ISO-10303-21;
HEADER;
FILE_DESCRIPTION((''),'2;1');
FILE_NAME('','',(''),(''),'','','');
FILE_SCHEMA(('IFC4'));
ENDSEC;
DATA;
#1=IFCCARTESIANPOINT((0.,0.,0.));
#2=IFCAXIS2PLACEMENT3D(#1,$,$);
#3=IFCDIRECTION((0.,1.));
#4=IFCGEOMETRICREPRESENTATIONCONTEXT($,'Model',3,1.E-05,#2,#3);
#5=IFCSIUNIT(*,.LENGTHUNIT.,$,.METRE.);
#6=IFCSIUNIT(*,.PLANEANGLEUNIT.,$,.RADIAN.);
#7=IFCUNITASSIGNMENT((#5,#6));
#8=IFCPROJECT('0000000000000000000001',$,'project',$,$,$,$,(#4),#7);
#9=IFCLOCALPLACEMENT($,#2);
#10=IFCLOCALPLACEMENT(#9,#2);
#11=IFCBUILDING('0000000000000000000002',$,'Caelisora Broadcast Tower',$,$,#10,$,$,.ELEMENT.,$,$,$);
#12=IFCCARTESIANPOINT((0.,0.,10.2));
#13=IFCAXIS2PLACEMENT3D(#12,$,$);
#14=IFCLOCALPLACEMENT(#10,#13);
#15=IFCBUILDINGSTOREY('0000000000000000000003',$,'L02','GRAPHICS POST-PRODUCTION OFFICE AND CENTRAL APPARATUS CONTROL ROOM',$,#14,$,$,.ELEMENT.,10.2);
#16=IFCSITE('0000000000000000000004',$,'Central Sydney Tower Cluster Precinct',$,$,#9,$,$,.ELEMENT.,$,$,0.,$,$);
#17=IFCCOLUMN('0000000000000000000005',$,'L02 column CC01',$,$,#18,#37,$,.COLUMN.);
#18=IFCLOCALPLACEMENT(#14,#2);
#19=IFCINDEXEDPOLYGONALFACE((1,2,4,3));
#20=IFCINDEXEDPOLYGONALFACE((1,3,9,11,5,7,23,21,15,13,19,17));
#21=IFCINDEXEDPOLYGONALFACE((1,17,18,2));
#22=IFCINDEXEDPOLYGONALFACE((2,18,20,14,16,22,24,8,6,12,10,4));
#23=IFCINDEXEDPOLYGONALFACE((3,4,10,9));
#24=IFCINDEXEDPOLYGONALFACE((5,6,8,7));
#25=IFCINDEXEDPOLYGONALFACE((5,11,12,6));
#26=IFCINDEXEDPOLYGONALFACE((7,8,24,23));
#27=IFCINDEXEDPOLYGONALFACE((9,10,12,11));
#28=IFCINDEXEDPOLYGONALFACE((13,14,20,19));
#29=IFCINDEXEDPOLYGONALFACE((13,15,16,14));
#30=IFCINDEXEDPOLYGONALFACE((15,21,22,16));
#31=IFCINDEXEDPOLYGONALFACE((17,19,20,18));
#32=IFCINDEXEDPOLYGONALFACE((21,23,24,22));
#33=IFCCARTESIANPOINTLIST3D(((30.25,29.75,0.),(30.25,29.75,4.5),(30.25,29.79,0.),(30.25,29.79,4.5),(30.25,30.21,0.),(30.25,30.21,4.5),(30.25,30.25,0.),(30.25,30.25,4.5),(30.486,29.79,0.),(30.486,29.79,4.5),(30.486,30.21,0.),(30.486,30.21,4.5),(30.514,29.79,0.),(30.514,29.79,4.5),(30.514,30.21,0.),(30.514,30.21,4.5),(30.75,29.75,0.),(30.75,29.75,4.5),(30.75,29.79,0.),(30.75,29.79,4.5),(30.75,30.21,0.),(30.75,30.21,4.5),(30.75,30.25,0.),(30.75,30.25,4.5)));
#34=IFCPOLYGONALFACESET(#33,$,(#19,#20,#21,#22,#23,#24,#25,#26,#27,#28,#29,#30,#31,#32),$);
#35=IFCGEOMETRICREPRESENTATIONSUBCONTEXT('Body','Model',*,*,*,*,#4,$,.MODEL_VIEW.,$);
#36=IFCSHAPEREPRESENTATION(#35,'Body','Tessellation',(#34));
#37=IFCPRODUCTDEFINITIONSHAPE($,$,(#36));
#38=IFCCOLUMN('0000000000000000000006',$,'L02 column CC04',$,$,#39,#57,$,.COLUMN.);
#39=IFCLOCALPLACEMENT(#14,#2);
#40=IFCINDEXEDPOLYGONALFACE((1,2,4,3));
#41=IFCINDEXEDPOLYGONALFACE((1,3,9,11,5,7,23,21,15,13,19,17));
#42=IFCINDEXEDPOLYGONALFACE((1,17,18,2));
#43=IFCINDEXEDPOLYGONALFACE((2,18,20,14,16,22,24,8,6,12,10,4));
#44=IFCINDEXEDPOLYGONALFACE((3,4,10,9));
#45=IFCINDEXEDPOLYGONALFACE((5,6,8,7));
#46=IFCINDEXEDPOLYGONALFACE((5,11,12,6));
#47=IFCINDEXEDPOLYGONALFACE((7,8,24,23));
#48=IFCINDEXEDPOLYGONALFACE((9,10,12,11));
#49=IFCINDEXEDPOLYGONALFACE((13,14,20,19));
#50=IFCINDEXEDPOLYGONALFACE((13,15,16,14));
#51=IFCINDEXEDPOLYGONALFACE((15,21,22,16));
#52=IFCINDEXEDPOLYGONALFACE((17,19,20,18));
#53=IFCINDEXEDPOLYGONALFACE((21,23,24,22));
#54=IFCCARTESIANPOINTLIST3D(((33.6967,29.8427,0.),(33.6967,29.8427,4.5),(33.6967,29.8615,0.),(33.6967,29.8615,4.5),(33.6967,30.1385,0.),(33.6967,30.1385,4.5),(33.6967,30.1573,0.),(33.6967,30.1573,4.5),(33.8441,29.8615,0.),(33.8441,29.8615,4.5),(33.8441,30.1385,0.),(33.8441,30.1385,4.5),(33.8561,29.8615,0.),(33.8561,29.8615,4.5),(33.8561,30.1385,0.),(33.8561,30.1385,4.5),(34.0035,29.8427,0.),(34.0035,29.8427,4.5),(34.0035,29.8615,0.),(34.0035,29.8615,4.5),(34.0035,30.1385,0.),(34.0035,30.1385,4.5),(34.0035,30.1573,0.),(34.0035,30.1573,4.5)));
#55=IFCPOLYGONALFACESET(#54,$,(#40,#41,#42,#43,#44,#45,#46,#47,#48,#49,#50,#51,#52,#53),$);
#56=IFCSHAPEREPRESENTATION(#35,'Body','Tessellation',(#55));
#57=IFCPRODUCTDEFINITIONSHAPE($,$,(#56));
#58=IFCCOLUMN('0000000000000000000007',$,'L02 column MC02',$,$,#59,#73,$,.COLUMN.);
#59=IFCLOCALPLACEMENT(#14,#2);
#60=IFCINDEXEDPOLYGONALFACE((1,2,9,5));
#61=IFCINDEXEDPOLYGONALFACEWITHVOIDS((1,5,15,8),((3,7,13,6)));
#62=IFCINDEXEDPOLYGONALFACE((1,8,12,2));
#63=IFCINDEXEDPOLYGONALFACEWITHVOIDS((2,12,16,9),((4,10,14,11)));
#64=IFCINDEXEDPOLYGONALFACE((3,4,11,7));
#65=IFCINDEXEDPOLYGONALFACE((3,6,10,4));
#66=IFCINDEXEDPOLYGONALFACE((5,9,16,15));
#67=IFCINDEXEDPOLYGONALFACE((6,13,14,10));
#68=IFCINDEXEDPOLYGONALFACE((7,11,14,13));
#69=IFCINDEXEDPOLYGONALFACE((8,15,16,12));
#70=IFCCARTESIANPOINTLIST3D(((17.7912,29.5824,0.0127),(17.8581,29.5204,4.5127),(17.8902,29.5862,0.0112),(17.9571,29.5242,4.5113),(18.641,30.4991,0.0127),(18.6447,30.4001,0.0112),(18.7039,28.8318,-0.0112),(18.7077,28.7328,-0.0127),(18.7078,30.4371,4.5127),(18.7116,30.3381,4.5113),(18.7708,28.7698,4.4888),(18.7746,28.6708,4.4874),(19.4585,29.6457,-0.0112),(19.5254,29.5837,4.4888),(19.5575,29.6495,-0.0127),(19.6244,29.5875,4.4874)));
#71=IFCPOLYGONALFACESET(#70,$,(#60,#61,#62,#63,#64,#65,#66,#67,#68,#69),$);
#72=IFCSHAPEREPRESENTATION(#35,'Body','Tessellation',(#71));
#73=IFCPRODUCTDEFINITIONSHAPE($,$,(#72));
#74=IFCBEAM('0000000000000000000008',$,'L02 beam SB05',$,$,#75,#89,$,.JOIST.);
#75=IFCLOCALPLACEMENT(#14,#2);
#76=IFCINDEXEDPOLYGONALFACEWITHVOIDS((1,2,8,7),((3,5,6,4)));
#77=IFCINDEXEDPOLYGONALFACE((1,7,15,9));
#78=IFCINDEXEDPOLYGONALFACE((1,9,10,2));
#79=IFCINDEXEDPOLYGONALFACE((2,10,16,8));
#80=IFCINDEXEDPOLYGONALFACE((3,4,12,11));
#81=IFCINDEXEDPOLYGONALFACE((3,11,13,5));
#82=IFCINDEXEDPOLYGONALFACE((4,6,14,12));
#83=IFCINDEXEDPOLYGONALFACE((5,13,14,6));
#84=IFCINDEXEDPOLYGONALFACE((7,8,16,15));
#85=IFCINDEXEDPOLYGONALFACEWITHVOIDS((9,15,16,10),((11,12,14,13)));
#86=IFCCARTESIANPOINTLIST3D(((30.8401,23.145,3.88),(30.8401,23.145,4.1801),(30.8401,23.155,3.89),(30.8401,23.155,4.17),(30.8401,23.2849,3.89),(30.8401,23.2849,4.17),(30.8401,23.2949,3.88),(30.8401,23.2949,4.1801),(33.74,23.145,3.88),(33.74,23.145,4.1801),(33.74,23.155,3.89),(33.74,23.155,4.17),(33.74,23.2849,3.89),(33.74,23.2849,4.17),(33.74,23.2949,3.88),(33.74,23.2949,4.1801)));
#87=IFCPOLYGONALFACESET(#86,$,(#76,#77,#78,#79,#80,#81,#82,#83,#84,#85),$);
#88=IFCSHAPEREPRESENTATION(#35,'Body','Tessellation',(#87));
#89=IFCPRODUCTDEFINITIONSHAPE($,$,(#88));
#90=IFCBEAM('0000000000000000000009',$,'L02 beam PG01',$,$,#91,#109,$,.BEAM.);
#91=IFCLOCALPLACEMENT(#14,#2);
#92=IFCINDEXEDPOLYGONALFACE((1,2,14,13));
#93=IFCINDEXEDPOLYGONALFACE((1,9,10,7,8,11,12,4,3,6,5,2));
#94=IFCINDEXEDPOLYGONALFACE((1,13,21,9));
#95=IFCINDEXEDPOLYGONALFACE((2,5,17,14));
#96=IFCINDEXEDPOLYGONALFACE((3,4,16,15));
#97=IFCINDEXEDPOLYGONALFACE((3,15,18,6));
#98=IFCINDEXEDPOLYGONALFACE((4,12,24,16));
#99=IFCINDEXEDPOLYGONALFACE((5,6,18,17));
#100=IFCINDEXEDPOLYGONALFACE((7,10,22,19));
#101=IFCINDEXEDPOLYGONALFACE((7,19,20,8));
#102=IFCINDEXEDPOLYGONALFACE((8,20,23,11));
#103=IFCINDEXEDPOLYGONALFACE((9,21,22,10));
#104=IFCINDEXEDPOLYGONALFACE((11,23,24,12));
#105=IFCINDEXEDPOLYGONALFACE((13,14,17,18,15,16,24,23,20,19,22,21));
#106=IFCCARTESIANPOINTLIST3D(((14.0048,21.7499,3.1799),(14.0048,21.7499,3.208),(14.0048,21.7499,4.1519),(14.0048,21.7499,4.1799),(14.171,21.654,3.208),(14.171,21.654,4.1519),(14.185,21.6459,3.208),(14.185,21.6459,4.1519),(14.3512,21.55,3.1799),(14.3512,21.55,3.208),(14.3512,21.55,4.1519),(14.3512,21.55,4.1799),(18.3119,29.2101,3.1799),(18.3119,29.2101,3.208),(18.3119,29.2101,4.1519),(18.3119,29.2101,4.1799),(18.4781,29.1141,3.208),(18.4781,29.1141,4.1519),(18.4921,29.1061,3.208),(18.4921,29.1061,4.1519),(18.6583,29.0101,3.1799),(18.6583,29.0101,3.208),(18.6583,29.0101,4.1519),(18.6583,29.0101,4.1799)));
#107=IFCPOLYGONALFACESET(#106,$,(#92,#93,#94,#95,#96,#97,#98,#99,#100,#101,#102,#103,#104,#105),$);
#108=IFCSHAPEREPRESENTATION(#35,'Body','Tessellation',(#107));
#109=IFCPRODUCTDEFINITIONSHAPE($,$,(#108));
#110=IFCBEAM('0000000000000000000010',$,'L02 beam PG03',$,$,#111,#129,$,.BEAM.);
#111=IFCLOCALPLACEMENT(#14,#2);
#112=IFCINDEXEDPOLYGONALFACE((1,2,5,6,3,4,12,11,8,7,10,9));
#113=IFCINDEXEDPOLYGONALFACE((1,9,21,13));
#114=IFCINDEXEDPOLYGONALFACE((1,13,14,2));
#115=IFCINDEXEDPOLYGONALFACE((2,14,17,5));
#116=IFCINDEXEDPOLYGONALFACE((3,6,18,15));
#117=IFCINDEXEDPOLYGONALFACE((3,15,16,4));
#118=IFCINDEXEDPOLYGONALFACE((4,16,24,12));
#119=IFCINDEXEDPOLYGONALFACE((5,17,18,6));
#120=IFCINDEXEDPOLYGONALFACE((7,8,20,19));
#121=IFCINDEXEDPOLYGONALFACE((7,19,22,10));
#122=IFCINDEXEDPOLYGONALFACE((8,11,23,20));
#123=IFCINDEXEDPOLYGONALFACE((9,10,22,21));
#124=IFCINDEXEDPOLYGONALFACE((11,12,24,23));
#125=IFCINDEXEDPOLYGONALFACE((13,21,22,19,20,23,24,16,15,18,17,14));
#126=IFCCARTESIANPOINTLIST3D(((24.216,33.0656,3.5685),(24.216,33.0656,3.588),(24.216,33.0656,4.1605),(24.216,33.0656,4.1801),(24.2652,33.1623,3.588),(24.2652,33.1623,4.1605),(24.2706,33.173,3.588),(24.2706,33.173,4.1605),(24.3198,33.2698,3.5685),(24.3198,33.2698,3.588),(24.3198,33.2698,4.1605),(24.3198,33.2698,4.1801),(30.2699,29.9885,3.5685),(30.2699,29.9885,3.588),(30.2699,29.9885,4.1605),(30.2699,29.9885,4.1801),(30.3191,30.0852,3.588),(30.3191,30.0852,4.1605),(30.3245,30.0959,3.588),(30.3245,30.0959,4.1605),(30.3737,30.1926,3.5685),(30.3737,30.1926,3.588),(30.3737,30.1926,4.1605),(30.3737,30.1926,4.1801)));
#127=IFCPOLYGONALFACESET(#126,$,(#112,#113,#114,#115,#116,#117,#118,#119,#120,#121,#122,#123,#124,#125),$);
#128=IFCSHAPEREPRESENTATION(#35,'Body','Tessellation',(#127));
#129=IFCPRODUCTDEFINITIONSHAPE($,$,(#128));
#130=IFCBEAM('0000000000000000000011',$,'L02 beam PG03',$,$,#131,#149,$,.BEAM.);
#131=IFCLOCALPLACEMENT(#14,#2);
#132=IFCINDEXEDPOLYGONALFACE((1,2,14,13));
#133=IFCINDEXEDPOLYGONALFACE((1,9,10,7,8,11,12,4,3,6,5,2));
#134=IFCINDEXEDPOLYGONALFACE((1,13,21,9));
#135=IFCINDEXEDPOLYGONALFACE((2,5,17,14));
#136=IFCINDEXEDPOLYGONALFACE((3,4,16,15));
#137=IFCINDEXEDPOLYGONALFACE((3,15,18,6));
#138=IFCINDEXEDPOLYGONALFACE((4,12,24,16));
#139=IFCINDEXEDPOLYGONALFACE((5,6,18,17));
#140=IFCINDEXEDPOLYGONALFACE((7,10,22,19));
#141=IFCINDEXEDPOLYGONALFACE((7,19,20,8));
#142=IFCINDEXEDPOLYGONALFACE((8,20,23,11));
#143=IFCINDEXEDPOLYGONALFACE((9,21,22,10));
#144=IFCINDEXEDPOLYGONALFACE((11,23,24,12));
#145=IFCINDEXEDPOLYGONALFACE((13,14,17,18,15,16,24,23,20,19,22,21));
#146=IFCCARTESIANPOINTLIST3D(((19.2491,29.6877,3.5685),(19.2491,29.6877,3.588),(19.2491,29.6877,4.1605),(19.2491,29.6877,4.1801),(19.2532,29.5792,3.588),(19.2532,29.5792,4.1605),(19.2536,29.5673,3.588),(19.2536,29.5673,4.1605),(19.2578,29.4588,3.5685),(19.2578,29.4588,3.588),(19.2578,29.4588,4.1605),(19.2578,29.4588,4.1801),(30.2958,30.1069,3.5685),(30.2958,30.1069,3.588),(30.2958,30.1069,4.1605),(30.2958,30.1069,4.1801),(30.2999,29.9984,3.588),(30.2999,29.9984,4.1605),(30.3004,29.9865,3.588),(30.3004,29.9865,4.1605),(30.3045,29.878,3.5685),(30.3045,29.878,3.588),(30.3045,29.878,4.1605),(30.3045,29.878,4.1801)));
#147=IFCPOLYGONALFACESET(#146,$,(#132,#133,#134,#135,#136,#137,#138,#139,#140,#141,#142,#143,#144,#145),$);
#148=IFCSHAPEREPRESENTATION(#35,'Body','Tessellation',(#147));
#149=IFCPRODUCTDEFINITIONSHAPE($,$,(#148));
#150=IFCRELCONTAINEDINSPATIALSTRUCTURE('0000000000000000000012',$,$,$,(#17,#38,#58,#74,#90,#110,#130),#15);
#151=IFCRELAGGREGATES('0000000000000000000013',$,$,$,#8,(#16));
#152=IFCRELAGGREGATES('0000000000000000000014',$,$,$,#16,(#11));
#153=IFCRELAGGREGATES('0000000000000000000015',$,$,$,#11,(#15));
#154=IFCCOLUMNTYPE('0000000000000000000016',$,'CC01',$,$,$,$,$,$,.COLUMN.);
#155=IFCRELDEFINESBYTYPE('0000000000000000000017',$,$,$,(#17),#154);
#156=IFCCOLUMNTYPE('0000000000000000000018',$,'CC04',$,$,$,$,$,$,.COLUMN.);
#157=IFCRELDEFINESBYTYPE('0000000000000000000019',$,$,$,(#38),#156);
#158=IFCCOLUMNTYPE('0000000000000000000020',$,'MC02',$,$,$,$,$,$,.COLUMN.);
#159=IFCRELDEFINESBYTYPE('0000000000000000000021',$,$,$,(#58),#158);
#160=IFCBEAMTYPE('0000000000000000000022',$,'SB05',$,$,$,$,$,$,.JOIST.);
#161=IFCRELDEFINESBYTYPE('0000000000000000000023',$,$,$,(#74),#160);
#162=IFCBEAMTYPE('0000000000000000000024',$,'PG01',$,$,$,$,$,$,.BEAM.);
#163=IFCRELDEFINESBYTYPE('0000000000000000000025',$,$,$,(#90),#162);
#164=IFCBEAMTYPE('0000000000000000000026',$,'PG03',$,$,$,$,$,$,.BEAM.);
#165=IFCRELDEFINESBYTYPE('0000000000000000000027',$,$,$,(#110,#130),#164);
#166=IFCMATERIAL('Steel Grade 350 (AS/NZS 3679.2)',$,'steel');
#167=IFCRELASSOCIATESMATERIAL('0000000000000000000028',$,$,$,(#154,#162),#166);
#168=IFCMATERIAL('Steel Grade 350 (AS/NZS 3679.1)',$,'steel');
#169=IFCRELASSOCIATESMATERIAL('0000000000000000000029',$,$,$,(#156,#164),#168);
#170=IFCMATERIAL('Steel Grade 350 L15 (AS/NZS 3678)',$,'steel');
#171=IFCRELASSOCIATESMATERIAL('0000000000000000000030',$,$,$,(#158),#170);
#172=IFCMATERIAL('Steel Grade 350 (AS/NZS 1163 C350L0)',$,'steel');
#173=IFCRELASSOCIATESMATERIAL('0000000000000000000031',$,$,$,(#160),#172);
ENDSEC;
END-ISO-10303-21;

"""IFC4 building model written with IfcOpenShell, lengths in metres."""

from ifc_helpers import new_model, si_unit, direction, frame, origin, origin_2d, place, context, subcontext, project, spatial, hollow_rectangle, i_section, extrude, source, transform, mapped, material, material_profile, profile_set, type_object, type_shapes, element, save


model = new_model("IFC4")

# Units and contexts
model_context = context("Model", 3, precision=1e-05, world=origin(), true_north=direction((0.0, 1.0)))
body_context = subcontext(model_context, "Body", "Model", "MODEL_VIEW")
ifc_project = project(units=[si_unit("LENGTHUNIT", "METRE"), si_unit("PLANEANGLEUNIT", "RADIAN")], contexts=[model_context])

# Site, building, storey
site_placement = place(None, origin())
site = spatial("IfcSite", under=ifc_project, at=site_placement, Name="Central Sydney Tower Cluster Precinct", CompositionType="ELEMENT", RefElevation=0.0)
building_placement = place(site_placement, origin())
building = spatial("IfcBuilding", under=site, at=building_placement, Name="Caelisora Broadcast Tower", CompositionType="ELEMENT")
storey_placement = place(building_placement, frame((0.0, 0.0, 10.2)))
storey = spatial("IfcBuildingStorey", under=building, at=storey_placement, Name="L02", Description="GRAPHICS POST-PRODUCTION OFFICE AND CENTRAL APPARATUS CONTROL ROOM", CompositionType="ELEMENT", Elevation=10.2)

# Columns
ifc_material_1 = material(Name="Steel Grade 350 (AS/NZS 3679.2)", Category="steel")
ifc_material_profile_1 = material_profile(ifc_material_1, i_section(OverallWidth=0.5, OverallDepth=0.5, WebThickness=0.0281, FlangeThickness=0.04, at=origin_2d()), Name="Steel Grade 350 (AS/NZS 3679.2)")
ifc_profile_set_1 = profile_set([ifc_material_profile_1], Name="Steel Grade 350 (AS/NZS 3679.2)")
column_type_1 = type_object("IfcColumnType", Name="CC01", PredefinedType="COLUMN", material=ifc_profile_set_1)
shared_shape_1 = source(origin(), body_context, "Body", "SweptSolid", [
    extrude(i_section(OverallWidth=0.5, OverallDepth=0.5, WebThickness=0.0281, FlangeThickness=0.04, at=origin_2d()), origin(), (0.0, 0.0, 1.0), 4.5),
])
type_shapes(column_type_1, [shared_shape_1])
column_1_placement = place(storey_placement, frame((30.5, 30.0, 0.0), z_axis=(0.0, 0.0, 1.0), x_axis=(1.0, 0.0, 0.0)))
element("IfcColumn", 1, at=column_1_placement, inside=storey, type_object=column_type_1, Name="L02 column CC01", PredefinedType="COLUMN", context=body_context, shape_type="MappedRepresentation", body=[
    mapped(shared_shape_1, transform((0.0, 0.0, 0.0), scale=1.0)),
])
ifc_material_2 = material(Name="Steel Grade 350 (AS/NZS 3679.1)", Category="steel")
ifc_material_profile_2 = material_profile(ifc_material_2, i_section(OverallWidth=0.3069, OverallDepth=0.3147, WebThickness=0.012, FlangeThickness=0.0188, at=origin_2d()), Name="Steel Grade 350 (AS/NZS 3679.1)")
ifc_profile_set_2 = profile_set([ifc_material_profile_2], Name="Steel Grade 350 (AS/NZS 3679.1)")
column_type_2 = type_object("IfcColumnType", Name="CC04", PredefinedType="COLUMN", material=ifc_profile_set_2)
shared_shape_2 = source(origin(), body_context, "Body", "SweptSolid", [
    extrude(i_section(OverallWidth=0.3069, OverallDepth=0.3147, WebThickness=0.012, FlangeThickness=0.0188, at=origin_2d()), origin(), (0.0, 0.0, 1.0), 4.5),
])
type_shapes(column_type_2, [shared_shape_2])
column_2_placement = place(storey_placement, frame((33.8501, 30.0, 0.0), z_axis=(0.0, 0.0, 1.0), x_axis=(1.0, 0.0, 0.0)))
element("IfcColumn", 2, at=column_2_placement, inside=storey, type_object=column_type_2, Name="L02 column CC04", PredefinedType="COLUMN", context=body_context, shape_type="MappedRepresentation", body=[
    mapped(shared_shape_2, transform((0.0, 0.0, 0.0), scale=1.0)),
])
ifc_material_3 = material(Name="Steel Grade 350 L15 (AS/NZS 3678)", Category="steel")
ifc_material_profile_3 = material_profile(ifc_material_3, hollow_rectangle(XDim=1.25, YDim=1.25, WallThickness=0.0701, at=origin_2d()), Name="Steel Grade 350 L15 (AS/NZS 3678)")
ifc_profile_set_3 = profile_set([ifc_material_profile_3], Name="Steel Grade 350 L15 (AS/NZS 3678)")
column_type_3 = type_object("IfcColumnType", Name="MC02", PredefinedType="COLUMN", material=ifc_profile_set_3)
shared_shape_3 = source(origin(), body_context, "Body", "SweptSolid", [
    extrude(hollow_rectangle(XDim=1.25, YDim=1.25, WallThickness=0.0701, at=origin_2d()), origin(), (0.0, 0.0, 1.0), 4.501),
])
type_shapes(column_type_3, [shared_shape_3])
column_3_placement = place(storey_placement, frame((18.6743, 29.616, 0.0), z_axis=(0.014862, -0.013778, 0.999795), x_axis=(0.679835, 0.733365, 0.0)))
element("IfcColumn", 3, at=column_3_placement, inside=storey, type_object=column_type_3, Name="L02 column MC02", PredefinedType="COLUMN", context=body_context, shape_type="MappedRepresentation", body=[
    mapped(shared_shape_3, transform((0.0, 0.0, 0.0), scale=1.0)),
])

# Beams
ifc_material_4 = material(Name="Steel Grade 350 (AS/NZS 1163 C350L0)", Category="steel")
ifc_material_profile_4 = material_profile(ifc_material_4, hollow_rectangle(XDim=0.1499, YDim=0.3, WallThickness=0.01, at=origin_2d()), Name="Steel Grade 350 (AS/NZS 1163 C350L0)")
ifc_profile_set_4 = profile_set([ifc_material_profile_4], Name="Steel Grade 350 (AS/NZS 1163 C350L0)")
beam_type_1 = type_object("IfcBeamType", Name="SB05", PredefinedType="JOIST", material=ifc_profile_set_4)
shared_shape_4 = source(origin(), body_context, "Body", "SweptSolid", [
    extrude(hollow_rectangle(XDim=0.1499, YDim=0.3, WallThickness=0.01, at=origin_2d()), origin(), (0.0, 0.0, 1.0), 2.8999),
])
type_shapes(beam_type_1, [shared_shape_4])
beam_1_placement = place(storey_placement, frame((30.8401, 23.22, 4.03), z_axis=(1.0, 0.0, 0.0), x_axis=(0.0, 1.0, 0.0)))
element("IfcBeam", 4, at=beam_1_placement, inside=storey, type_object=beam_type_1, Name="L02 beam SB05", PredefinedType="JOIST", context=body_context, shape_type="MappedRepresentation", body=[
    mapped(shared_shape_4, transform((0.0, 0.0, 0.0), scale=1.0)),
])
ifc_material_profile_5 = material_profile(ifc_material_1, i_section(OverallWidth=0.3999, OverallDepth=1.0, WebThickness=0.0161, FlangeThickness=0.0281, at=origin_2d()), Name="Steel Grade 350 (AS/NZS 3679.2)")
ifc_profile_set_5 = profile_set([ifc_material_profile_5], Name="Steel Grade 350 (AS/NZS 3679.2)")
beam_type_2 = type_object("IfcBeamType", Name="PG01", PredefinedType="BEAM", material=ifc_profile_set_5)
shared_shape_5 = source(origin(), body_context, "Body", "SweptSolid", [
    extrude(i_section(OverallWidth=0.3999, OverallDepth=1.0, WebThickness=0.0161, FlangeThickness=0.0281, at=origin_2d()), origin(), (0.0, 0.0, 1.0), 8.6143),
])
type_shapes(beam_type_2, [shared_shape_5])
beam_2_placement = place(storey_placement, frame((18.4851, 29.1101, 3.6799), z_axis=(-0.499998, -0.866027, 0.0), x_axis=(0.866027, -0.499998, 0.0)))
element("IfcBeam", 5, at=beam_2_placement, inside=storey, type_object=beam_type_2, Name="L02 beam PG01", PredefinedType="BEAM", context=body_context, shape_type="MappedRepresentation", body=[
    mapped(shared_shape_5, transform((0.0, 0.0, 0.0), scale=1.0)),
])
ifc_material_profile_6 = material_profile(ifc_material_2, i_section(OverallWidth=0.229, OverallDepth=0.6116, WebThickness=0.012, FlangeThickness=0.0195, at=origin_2d()), Name="Steel Grade 350 (AS/NZS 3679.1)")
ifc_profile_set_6 = profile_set([ifc_material_profile_6], Name="Steel Grade 350 (AS/NZS 3679.1)")
beam_type_3 = type_object("IfcBeamType", Name="PG03", PredefinedType="BEAM", material=ifc_profile_set_6)
shared_shape_6 = source(origin(), body_context, "Body", "SweptSolid", [
    extrude(i_section(OverallWidth=0.229, OverallDepth=0.6116, WebThickness=0.012, FlangeThickness=0.0195, at=origin_2d()), origin(), (0.0, 0.0, 1.0), 6.791),
])
beam_3_placement = place(storey_placement, frame((30.3218, 30.0906, 3.8743), z_axis=(-0.891453, 0.453114, 0.0), x_axis=(-0.453114, -0.891453, 0.0)))
element("IfcBeam", 6, at=beam_3_placement, inside=storey, type_object=beam_type_3, Name="L02 beam PG03", PredefinedType="BEAM", context=body_context, shape_type="MappedRepresentation", body=[
    mapped(shared_shape_6, transform((0.0, 0.0, 0.0), scale=1.0)),
])
shared_shape_7 = source(origin(), body_context, "Body", "SweptSolid", [
    extrude(i_section(OverallWidth=0.229, OverallDepth=0.6116, WebThickness=0.012, FlangeThickness=0.0195, at=origin_2d()), origin(), (0.0, 0.0, 1.0), 11.0547),
])
type_shapes(beam_type_3, [shared_shape_6, shared_shape_7])
beam_4_placement = place(storey_placement, frame((19.2534, 29.5732, 3.8743), z_axis=(0.999281, 0.03792, 0.0), x_axis=(-0.03792, 0.999281, 0.0)))
element("IfcBeam", 7, at=beam_4_placement, inside=storey, type_object=beam_type_3, Name="L02 beam PG03", PredefinedType="BEAM", context=body_context, shape_type="MappedRepresentation", body=[
    mapped(shared_shape_7, transform((0.0, 0.0, 0.0), scale=1.0)),
])

save(model, "model.ifc")
